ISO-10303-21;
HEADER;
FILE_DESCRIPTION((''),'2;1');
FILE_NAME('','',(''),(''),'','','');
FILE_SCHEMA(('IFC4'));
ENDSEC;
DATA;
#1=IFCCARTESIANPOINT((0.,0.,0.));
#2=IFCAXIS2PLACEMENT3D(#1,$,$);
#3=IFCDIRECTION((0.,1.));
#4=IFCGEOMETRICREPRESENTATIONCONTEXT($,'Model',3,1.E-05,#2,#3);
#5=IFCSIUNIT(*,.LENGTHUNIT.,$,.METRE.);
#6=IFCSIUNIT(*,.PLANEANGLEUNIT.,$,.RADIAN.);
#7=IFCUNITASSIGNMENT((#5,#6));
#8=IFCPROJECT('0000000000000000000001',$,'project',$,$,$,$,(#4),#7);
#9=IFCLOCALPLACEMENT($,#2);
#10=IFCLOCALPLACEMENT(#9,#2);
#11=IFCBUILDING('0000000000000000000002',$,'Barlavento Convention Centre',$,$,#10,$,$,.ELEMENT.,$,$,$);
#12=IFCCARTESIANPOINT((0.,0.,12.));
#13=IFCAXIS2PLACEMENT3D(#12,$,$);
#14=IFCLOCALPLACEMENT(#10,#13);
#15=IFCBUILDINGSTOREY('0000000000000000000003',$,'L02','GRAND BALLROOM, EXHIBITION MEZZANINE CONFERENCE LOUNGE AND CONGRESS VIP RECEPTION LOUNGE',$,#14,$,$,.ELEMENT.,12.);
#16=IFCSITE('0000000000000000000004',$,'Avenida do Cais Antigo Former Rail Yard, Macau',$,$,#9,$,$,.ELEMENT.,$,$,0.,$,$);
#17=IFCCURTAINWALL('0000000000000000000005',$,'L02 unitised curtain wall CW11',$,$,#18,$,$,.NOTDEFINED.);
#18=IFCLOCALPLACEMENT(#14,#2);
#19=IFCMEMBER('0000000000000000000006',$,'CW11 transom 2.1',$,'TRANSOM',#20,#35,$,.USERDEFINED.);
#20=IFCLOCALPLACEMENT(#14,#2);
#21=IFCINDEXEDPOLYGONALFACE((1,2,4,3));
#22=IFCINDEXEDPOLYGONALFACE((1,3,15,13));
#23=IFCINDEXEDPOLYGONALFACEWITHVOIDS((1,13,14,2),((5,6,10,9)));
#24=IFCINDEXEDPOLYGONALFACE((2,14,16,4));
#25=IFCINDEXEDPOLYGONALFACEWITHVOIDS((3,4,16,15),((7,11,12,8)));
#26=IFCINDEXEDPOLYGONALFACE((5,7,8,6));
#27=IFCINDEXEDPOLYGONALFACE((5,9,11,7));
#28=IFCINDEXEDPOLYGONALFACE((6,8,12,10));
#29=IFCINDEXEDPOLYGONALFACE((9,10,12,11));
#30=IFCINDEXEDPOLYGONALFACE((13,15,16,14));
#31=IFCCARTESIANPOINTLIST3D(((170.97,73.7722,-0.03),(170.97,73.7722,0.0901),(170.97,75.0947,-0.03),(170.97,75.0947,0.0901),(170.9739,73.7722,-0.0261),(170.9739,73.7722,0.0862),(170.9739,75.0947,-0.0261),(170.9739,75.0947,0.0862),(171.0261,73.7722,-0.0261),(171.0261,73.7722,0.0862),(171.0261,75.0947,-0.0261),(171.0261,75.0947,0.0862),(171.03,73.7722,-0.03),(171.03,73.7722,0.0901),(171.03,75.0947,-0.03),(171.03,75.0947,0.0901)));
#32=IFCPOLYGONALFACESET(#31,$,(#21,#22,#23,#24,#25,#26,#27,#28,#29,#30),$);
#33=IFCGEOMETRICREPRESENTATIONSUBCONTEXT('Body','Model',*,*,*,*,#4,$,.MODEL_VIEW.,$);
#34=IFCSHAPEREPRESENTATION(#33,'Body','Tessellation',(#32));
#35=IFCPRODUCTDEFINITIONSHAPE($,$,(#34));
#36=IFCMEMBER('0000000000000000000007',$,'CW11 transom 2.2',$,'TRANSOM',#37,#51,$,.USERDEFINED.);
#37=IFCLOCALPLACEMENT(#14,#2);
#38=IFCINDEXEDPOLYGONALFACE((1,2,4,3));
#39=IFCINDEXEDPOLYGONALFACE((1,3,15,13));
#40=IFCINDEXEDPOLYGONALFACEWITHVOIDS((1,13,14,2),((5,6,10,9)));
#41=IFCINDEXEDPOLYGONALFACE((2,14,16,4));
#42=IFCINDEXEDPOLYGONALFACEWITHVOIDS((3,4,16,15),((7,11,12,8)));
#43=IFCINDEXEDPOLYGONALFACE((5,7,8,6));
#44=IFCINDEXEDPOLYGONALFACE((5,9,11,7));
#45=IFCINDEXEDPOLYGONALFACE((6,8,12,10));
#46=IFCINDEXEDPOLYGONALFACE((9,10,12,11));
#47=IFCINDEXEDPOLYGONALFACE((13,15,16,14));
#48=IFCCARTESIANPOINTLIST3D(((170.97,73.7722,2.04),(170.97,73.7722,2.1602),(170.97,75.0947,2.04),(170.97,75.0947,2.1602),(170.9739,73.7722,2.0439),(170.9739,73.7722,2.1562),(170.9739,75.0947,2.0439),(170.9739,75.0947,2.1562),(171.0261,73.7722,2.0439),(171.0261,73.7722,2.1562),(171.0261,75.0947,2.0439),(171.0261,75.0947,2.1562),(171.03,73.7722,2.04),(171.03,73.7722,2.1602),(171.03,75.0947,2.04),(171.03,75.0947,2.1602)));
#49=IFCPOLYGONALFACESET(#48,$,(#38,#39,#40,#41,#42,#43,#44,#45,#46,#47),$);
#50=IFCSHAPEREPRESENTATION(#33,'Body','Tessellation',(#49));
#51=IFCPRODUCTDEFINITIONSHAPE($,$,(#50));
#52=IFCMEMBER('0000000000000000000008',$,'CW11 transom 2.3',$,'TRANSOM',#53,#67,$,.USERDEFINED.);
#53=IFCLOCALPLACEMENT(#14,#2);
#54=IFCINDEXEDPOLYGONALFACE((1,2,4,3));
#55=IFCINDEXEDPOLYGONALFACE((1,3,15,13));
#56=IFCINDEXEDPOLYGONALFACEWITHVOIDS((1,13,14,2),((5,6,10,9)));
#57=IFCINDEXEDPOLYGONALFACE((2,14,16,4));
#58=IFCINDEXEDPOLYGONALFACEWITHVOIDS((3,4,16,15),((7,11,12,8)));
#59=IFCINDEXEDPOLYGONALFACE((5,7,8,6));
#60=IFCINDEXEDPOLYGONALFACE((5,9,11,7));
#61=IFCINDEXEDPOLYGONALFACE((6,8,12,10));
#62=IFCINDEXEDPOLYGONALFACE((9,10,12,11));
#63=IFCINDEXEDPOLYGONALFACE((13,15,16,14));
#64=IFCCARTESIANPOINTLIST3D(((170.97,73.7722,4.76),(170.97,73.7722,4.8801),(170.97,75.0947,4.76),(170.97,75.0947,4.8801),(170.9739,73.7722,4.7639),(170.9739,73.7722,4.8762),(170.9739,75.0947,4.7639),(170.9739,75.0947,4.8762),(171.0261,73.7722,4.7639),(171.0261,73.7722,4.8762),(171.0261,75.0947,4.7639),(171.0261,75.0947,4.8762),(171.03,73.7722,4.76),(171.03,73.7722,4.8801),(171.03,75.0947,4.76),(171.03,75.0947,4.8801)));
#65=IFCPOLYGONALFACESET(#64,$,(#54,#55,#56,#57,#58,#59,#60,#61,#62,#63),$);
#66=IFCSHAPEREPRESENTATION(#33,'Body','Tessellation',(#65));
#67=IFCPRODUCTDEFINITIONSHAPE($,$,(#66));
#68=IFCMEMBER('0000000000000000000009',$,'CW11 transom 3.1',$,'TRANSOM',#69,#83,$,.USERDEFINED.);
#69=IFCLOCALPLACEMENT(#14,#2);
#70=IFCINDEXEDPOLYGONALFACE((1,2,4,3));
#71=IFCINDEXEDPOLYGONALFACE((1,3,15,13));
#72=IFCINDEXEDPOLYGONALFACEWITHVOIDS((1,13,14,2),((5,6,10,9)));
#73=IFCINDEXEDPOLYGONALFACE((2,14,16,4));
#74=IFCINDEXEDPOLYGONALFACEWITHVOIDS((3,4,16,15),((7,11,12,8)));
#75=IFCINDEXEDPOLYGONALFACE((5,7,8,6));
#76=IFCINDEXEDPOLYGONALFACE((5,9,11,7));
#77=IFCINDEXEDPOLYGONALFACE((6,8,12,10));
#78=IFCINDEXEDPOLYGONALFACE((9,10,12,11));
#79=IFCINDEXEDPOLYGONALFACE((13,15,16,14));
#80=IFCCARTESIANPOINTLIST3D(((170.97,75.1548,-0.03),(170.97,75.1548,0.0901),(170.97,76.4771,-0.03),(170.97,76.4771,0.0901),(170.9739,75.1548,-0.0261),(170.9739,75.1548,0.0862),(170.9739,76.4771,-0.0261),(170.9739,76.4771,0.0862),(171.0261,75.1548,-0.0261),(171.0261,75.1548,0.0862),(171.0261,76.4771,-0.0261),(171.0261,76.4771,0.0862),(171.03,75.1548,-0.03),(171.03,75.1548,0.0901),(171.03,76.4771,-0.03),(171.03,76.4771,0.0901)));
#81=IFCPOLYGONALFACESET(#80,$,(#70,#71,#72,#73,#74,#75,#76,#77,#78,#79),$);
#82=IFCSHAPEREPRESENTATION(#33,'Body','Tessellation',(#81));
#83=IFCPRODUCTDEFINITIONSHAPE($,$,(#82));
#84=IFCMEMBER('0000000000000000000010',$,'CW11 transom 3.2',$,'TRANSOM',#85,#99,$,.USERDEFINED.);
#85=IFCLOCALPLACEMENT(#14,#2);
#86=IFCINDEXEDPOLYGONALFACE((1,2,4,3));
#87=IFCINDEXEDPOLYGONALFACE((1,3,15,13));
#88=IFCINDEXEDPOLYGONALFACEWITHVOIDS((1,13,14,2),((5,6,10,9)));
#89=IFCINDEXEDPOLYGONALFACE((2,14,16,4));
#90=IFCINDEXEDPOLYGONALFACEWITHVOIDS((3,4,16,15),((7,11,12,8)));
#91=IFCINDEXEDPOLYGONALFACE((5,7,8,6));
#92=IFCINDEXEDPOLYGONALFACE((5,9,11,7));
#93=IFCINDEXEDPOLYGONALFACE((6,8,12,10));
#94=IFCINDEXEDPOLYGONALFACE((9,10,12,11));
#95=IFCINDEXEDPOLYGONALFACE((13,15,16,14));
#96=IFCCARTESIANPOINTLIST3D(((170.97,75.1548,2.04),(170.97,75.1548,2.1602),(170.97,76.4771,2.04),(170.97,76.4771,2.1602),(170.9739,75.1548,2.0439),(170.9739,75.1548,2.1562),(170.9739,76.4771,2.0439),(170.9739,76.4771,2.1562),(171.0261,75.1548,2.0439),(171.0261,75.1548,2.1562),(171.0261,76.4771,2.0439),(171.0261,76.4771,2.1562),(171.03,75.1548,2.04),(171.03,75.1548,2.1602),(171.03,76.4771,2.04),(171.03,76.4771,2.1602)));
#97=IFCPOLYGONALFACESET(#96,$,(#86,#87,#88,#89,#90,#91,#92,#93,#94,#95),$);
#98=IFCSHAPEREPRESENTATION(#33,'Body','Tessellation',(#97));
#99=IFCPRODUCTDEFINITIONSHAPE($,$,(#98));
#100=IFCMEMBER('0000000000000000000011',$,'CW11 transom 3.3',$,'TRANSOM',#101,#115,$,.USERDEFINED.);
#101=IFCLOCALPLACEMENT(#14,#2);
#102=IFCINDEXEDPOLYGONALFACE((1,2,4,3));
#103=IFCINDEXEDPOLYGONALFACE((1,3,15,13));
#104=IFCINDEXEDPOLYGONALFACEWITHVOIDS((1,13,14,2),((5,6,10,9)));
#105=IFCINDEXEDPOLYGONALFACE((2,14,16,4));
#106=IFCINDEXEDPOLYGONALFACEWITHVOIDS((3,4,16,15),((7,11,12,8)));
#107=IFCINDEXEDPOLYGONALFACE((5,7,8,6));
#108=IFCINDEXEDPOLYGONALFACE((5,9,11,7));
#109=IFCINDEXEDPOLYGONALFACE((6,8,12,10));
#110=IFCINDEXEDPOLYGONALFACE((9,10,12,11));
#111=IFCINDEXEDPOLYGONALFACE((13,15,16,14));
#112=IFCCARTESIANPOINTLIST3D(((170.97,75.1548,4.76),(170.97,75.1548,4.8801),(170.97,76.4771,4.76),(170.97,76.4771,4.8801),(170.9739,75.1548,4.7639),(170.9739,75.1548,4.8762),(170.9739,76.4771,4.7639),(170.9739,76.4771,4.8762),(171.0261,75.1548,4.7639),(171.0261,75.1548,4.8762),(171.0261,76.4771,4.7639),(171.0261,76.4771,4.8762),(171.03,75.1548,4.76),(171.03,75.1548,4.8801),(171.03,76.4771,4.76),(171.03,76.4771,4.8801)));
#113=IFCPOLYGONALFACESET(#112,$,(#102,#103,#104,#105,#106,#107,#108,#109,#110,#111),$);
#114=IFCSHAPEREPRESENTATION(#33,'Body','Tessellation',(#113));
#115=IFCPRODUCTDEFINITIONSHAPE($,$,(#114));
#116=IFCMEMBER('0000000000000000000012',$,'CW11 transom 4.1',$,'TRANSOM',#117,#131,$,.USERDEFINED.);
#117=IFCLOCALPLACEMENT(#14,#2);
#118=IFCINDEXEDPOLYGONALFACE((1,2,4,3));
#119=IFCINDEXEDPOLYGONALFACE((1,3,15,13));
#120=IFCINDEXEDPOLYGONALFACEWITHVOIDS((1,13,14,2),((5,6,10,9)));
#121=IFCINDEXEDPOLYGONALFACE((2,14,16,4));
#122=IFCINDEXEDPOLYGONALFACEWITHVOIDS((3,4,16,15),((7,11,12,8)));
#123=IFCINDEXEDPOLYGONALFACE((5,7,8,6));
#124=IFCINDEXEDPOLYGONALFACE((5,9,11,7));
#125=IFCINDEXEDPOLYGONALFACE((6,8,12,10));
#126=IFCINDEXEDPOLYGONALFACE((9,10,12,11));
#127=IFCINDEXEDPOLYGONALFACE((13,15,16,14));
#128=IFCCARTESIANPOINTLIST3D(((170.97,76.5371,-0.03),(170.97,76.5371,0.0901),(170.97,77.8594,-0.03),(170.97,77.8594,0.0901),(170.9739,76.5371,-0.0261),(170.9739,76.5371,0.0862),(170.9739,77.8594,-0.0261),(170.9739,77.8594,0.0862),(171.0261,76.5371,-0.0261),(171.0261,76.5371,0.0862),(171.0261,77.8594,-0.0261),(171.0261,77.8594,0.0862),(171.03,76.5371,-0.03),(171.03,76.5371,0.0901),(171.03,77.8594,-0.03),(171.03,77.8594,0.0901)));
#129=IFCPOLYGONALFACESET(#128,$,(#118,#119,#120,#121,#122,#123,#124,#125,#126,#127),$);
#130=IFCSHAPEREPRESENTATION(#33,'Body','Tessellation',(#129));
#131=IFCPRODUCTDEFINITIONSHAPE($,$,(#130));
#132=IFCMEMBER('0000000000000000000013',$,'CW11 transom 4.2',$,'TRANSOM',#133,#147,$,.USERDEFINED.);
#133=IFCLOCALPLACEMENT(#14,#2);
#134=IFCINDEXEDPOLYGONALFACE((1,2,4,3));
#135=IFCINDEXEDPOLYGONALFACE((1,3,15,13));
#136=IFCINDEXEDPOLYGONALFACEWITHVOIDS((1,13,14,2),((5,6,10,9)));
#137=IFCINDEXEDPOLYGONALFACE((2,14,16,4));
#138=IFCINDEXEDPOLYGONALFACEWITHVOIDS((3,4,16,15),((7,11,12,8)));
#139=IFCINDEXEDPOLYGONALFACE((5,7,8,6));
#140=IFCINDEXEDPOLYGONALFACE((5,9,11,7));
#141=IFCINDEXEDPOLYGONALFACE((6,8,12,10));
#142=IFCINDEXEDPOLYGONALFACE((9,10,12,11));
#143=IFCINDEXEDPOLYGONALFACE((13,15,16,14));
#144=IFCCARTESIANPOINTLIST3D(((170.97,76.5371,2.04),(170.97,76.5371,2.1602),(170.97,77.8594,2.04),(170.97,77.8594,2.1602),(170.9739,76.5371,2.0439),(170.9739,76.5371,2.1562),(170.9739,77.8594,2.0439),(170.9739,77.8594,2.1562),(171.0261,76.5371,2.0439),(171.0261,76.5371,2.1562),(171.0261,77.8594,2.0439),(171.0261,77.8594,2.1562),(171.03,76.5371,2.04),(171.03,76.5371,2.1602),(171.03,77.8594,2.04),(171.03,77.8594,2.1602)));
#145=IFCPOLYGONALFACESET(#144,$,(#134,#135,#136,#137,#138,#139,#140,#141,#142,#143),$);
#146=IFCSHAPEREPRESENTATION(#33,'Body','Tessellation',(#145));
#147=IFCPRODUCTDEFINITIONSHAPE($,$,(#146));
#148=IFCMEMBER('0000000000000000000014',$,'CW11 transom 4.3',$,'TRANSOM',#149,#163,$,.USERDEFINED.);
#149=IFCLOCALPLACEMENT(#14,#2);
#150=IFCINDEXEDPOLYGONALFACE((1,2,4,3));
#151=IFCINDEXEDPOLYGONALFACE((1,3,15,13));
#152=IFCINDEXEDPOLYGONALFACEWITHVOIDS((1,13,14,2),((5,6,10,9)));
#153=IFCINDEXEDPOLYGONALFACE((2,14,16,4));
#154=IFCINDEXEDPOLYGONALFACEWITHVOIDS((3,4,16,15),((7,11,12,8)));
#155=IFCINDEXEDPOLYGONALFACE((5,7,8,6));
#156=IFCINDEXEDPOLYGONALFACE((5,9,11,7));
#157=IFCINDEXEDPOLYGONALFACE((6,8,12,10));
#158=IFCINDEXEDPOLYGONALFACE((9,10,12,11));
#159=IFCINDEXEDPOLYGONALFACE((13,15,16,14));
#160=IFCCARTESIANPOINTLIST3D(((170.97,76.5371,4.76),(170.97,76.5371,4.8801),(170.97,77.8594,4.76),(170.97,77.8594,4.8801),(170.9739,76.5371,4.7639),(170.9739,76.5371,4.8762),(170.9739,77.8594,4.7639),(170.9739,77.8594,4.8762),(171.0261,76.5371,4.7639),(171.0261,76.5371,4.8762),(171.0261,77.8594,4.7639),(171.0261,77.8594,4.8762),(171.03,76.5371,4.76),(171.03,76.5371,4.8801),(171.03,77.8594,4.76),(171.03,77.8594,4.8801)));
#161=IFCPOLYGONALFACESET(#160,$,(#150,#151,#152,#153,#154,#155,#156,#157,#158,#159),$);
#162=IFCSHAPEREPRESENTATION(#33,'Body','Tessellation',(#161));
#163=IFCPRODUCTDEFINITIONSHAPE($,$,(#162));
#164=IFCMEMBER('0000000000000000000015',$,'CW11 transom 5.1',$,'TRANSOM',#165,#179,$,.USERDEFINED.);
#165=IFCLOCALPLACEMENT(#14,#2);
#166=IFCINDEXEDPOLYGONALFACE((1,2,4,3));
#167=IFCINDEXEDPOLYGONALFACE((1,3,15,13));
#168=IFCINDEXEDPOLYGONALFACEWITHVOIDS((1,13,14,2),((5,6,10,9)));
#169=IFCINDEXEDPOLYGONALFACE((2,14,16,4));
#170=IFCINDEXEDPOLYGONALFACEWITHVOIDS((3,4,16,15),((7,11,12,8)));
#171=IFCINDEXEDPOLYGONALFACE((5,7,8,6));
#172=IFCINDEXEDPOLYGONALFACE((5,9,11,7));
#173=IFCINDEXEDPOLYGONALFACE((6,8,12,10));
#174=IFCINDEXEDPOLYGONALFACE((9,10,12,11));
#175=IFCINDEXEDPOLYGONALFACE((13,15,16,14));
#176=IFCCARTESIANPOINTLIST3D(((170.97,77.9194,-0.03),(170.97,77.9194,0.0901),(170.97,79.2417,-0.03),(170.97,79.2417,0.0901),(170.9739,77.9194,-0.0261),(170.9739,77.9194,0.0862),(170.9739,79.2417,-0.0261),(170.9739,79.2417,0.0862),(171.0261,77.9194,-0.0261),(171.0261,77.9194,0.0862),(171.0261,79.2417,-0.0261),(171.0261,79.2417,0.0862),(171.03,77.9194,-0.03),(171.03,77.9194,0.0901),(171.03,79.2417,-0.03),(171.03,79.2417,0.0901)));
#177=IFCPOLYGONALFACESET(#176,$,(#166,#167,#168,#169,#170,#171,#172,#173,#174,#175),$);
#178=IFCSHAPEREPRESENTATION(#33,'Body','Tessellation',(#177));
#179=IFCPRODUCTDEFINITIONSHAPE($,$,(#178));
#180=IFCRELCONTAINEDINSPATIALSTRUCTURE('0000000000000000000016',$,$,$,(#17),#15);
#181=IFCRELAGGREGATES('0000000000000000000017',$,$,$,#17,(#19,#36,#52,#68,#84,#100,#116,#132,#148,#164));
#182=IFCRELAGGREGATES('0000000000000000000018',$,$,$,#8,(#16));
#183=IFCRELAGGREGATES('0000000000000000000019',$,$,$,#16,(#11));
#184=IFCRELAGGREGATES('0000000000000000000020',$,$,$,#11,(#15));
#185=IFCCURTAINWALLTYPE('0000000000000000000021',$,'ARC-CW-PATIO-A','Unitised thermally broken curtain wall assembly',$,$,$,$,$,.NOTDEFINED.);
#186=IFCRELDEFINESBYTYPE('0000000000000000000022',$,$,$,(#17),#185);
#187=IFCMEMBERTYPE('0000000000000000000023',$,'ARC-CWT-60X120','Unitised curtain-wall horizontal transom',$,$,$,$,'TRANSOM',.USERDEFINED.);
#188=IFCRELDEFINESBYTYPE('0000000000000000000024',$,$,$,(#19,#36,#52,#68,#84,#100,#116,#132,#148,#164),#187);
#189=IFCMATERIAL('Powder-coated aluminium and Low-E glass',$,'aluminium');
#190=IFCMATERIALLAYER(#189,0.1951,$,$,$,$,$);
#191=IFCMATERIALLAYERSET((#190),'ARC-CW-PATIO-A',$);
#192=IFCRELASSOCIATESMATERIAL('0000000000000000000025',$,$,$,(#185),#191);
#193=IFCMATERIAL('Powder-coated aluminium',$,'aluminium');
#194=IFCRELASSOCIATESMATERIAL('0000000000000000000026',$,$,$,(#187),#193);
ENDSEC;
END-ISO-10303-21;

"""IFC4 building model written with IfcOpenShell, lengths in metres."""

from ifc_helpers import new_model, si_unit, direction, frame, origin, origin_2d, place, context, subcontext, project, spatial, hollow_rectangle, extrude, material, layer, layer_set, material_profile, profile_set, type_object, element, aggregate, save


model = new_model("IFC4")

# Units and contexts
model_context = context("Model", 3, precision=1e-05, world=origin(), true_north=direction((0.0, 1.0)))
body_context = subcontext(model_context, "Body", "Model", "MODEL_VIEW")
ifc_project = project(units=[si_unit("LENGTHUNIT", "METRE"), si_unit("PLANEANGLEUNIT", "RADIAN")], contexts=[model_context])

# Site, building, storey
site_placement = place(None, origin())
site = spatial("IfcSite", under=ifc_project, at=site_placement, Name="Avenida do Cais Antigo Former Rail Yard, Macau", CompositionType="ELEMENT", RefElevation=0.0)
building_placement = place(site_placement, origin())
building = spatial("IfcBuilding", under=site, at=building_placement, Name="Barlavento Convention Centre", CompositionType="ELEMENT")
storey_placement = place(building_placement, frame((0.0, 0.0, 12.0)))
storey = spatial("IfcBuildingStorey", under=building, at=storey_placement, Name="L02", Description="GRAND BALLROOM, EXHIBITION MEZZANINE CONFERENCE LOUNGE AND CONGRESS VIP RECEPTION LOUNGE", CompositionType="ELEMENT", Elevation=12.0)

# Shared definitions
ifc_material_1 = material(Name="Powder-coated aluminium and Low-E glass", Category="aluminium")
ifc_layer_1 = layer(ifc_material_1, 0.1951)
ifc_layer_set_1 = layer_set([ifc_layer_1], Name="ARC-CW-PATIO-A")
curtain_wall_type = type_object("IfcCurtainWallType", Name="ARC-CW-PATIO-A", Description="Unitised thermally broken curtain wall assembly", PredefinedType="NOTDEFINED", material=ifc_layer_set_1)
ifc_material_2 = material(Name="Powder-coated aluminium", Category="aluminium")

# Curtain wall
curtain_wall_1_placement = place(storey_placement, origin())
curtain_wall_1 = element("IfcCurtainWall", 1, at=curtain_wall_1_placement, inside=storey, type_object=curtain_wall_type, Name="L02 unitised curtain wall CW11", PredefinedType="NOTDEFINED")

# Members
ifc_material_profile_1 = material_profile(ifc_material_2, hollow_rectangle(XDim=0.0601, YDim=0.1201, WallThickness=0.0039, at=origin_2d()), Name="AL-TRAN 60x120x4")
ifc_profile_set_1 = profile_set([ifc_material_profile_1], Name="Powder-coated aluminium")
member_type_1 = type_object("IfcMemberType", Name="ARC-CWT-60X120", Description="Unitised curtain-wall horizontal transom", ElementType="TRANSOM", PredefinedType="USERDEFINED", material=ifc_profile_set_1)
member_1_placement = place(storey_placement, frame((171.0, 73.7722, 0.03), z_axis=(0.0, 1.0, 0.0), x_axis=(-1.0, 0.0, 0.0)))
member_1 = element("IfcMember", 2, at=member_1_placement, type_object=member_type_1, Name="CW11 transom 2.1", ObjectType="TRANSOM", PredefinedType="USERDEFINED", context=body_context, shape_type="SweptSolid", body=[
    extrude(hollow_rectangle(XDim=0.0601, YDim=0.1201, WallThickness=0.0039, at=origin_2d()), origin(), (0.0, 0.0, 1.0), 1.3225),
])
member_2_placement = place(storey_placement, frame((171.0, 73.7722, 2.1001), z_axis=(0.0, 1.0, 0.0), x_axis=(-1.0, 0.0, 0.0)))
member_2 = element("IfcMember", 3, at=member_2_placement, type_object=member_type_1, Name="CW11 transom 2.2", ObjectType="TRANSOM", PredefinedType="USERDEFINED", context=body_context, shape_type="SweptSolid", body=[
    extrude(hollow_rectangle(XDim=0.0601, YDim=0.1201, WallThickness=0.0039, at=origin_2d()), origin(), (0.0, 0.0, 1.0), 1.3225),
])
member_3_placement = place(storey_placement, frame((171.0, 73.7722, 4.8201), z_axis=(0.0, 1.0, 0.0), x_axis=(-1.0, 0.0, 0.0)))
member_3 = element("IfcMember", 4, at=member_3_placement, type_object=member_type_1, Name="CW11 transom 2.3", ObjectType="TRANSOM", PredefinedType="USERDEFINED", context=body_context, shape_type="SweptSolid", body=[
    extrude(hollow_rectangle(XDim=0.0601, YDim=0.1201, WallThickness=0.0039, at=origin_2d()), origin(), (0.0, 0.0, 1.0), 1.3225),
])
member_4_placement = place(storey_placement, frame((171.0, 75.1548, 0.03), z_axis=(0.0, 1.0, 0.0), x_axis=(-1.0, 0.0, 0.0)))
member_4 = element("IfcMember", 5, at=member_4_placement, type_object=member_type_1, Name="CW11 transom 3.1", ObjectType="TRANSOM", PredefinedType="USERDEFINED", context=body_context, shape_type="SweptSolid", body=[
    extrude(hollow_rectangle(XDim=0.0601, YDim=0.1201, WallThickness=0.0039, at=origin_2d()), origin(), (0.0, 0.0, 1.0), 1.3223),
])
member_5_placement = place(storey_placement, frame((171.0, 75.1548, 2.1001), z_axis=(0.0, 1.0, 0.0), x_axis=(-1.0, 0.0, 0.0)))
member_5 = element("IfcMember", 6, at=member_5_placement, type_object=member_type_1, Name="CW11 transom 3.2", ObjectType="TRANSOM", PredefinedType="USERDEFINED", context=body_context, shape_type="SweptSolid", body=[
    extrude(hollow_rectangle(XDim=0.0601, YDim=0.1201, WallThickness=0.0039, at=origin_2d()), origin(), (0.0, 0.0, 1.0), 1.3223),
])
member_6_placement = place(storey_placement, frame((171.0, 75.1548, 4.8201), z_axis=(0.0, 1.0, 0.0), x_axis=(-1.0, 0.0, 0.0)))
member_6 = element("IfcMember", 7, at=member_6_placement, type_object=member_type_1, Name="CW11 transom 3.3", ObjectType="TRANSOM", PredefinedType="USERDEFINED", context=body_context, shape_type="SweptSolid", body=[
    extrude(hollow_rectangle(XDim=0.0601, YDim=0.1201, WallThickness=0.0039, at=origin_2d()), origin(), (0.0, 0.0, 1.0), 1.3223),
])
member_7_placement = place(storey_placement, frame((171.0, 76.5371, 0.03), z_axis=(0.0, 1.0, 0.0), x_axis=(-1.0, 0.0, 0.0)))
member_7 = element("IfcMember", 8, at=member_7_placement, type_object=member_type_1, Name="CW11 transom 4.1", ObjectType="TRANSOM", PredefinedType="USERDEFINED", context=body_context, shape_type="SweptSolid", body=[
    extrude(hollow_rectangle(XDim=0.0601, YDim=0.1201, WallThickness=0.0039, at=origin_2d()), origin(), (0.0, 0.0, 1.0), 1.3223),
])
member_8_placement = place(storey_placement, frame((171.0, 76.5371, 2.1001), z_axis=(0.0, 1.0, 0.0), x_axis=(-1.0, 0.0, 0.0)))
member_8 = element("IfcMember", 9, at=member_8_placement, type_object=member_type_1, Name="CW11 transom 4.2", ObjectType="TRANSOM", PredefinedType="USERDEFINED", context=body_context, shape_type="SweptSolid", body=[
    extrude(hollow_rectangle(XDim=0.0601, YDim=0.1201, WallThickness=0.0039, at=origin_2d()), origin(), (0.0, 0.0, 1.0), 1.3223),
])
member_9_placement = place(storey_placement, frame((171.0, 76.5371, 4.8201), z_axis=(0.0, 1.0, 0.0), x_axis=(-1.0, 0.0, 0.0)))
member_9 = element("IfcMember", 10, at=member_9_placement, type_object=member_type_1, Name="CW11 transom 4.3", ObjectType="TRANSOM", PredefinedType="USERDEFINED", context=body_context, shape_type="SweptSolid", body=[
    extrude(hollow_rectangle(XDim=0.0601, YDim=0.1201, WallThickness=0.0039, at=origin_2d()), origin(), (0.0, 0.0, 1.0), 1.3223),
])
member_10_placement = place(storey_placement, frame((171.0, 77.9194, 0.03), z_axis=(0.0, 1.0, 0.0), x_axis=(-1.0, 0.0, 0.0)))
member_10 = element("IfcMember", 11, at=member_10_placement, type_object=member_type_1, Name="CW11 transom 5.1", ObjectType="TRANSOM", PredefinedType="USERDEFINED", context=body_context, shape_type="SweptSolid", body=[
    extrude(hollow_rectangle(XDim=0.0601, YDim=0.1201, WallThickness=0.0039, at=origin_2d()), origin(), (0.0, 0.0, 1.0), 1.3223),
])

aggregate(curtain_wall_1, [member_1, member_2, member_3, member_4, member_5, member_6, member_7, member_8, member_9, member_10])

save(model, "model.ifc")
